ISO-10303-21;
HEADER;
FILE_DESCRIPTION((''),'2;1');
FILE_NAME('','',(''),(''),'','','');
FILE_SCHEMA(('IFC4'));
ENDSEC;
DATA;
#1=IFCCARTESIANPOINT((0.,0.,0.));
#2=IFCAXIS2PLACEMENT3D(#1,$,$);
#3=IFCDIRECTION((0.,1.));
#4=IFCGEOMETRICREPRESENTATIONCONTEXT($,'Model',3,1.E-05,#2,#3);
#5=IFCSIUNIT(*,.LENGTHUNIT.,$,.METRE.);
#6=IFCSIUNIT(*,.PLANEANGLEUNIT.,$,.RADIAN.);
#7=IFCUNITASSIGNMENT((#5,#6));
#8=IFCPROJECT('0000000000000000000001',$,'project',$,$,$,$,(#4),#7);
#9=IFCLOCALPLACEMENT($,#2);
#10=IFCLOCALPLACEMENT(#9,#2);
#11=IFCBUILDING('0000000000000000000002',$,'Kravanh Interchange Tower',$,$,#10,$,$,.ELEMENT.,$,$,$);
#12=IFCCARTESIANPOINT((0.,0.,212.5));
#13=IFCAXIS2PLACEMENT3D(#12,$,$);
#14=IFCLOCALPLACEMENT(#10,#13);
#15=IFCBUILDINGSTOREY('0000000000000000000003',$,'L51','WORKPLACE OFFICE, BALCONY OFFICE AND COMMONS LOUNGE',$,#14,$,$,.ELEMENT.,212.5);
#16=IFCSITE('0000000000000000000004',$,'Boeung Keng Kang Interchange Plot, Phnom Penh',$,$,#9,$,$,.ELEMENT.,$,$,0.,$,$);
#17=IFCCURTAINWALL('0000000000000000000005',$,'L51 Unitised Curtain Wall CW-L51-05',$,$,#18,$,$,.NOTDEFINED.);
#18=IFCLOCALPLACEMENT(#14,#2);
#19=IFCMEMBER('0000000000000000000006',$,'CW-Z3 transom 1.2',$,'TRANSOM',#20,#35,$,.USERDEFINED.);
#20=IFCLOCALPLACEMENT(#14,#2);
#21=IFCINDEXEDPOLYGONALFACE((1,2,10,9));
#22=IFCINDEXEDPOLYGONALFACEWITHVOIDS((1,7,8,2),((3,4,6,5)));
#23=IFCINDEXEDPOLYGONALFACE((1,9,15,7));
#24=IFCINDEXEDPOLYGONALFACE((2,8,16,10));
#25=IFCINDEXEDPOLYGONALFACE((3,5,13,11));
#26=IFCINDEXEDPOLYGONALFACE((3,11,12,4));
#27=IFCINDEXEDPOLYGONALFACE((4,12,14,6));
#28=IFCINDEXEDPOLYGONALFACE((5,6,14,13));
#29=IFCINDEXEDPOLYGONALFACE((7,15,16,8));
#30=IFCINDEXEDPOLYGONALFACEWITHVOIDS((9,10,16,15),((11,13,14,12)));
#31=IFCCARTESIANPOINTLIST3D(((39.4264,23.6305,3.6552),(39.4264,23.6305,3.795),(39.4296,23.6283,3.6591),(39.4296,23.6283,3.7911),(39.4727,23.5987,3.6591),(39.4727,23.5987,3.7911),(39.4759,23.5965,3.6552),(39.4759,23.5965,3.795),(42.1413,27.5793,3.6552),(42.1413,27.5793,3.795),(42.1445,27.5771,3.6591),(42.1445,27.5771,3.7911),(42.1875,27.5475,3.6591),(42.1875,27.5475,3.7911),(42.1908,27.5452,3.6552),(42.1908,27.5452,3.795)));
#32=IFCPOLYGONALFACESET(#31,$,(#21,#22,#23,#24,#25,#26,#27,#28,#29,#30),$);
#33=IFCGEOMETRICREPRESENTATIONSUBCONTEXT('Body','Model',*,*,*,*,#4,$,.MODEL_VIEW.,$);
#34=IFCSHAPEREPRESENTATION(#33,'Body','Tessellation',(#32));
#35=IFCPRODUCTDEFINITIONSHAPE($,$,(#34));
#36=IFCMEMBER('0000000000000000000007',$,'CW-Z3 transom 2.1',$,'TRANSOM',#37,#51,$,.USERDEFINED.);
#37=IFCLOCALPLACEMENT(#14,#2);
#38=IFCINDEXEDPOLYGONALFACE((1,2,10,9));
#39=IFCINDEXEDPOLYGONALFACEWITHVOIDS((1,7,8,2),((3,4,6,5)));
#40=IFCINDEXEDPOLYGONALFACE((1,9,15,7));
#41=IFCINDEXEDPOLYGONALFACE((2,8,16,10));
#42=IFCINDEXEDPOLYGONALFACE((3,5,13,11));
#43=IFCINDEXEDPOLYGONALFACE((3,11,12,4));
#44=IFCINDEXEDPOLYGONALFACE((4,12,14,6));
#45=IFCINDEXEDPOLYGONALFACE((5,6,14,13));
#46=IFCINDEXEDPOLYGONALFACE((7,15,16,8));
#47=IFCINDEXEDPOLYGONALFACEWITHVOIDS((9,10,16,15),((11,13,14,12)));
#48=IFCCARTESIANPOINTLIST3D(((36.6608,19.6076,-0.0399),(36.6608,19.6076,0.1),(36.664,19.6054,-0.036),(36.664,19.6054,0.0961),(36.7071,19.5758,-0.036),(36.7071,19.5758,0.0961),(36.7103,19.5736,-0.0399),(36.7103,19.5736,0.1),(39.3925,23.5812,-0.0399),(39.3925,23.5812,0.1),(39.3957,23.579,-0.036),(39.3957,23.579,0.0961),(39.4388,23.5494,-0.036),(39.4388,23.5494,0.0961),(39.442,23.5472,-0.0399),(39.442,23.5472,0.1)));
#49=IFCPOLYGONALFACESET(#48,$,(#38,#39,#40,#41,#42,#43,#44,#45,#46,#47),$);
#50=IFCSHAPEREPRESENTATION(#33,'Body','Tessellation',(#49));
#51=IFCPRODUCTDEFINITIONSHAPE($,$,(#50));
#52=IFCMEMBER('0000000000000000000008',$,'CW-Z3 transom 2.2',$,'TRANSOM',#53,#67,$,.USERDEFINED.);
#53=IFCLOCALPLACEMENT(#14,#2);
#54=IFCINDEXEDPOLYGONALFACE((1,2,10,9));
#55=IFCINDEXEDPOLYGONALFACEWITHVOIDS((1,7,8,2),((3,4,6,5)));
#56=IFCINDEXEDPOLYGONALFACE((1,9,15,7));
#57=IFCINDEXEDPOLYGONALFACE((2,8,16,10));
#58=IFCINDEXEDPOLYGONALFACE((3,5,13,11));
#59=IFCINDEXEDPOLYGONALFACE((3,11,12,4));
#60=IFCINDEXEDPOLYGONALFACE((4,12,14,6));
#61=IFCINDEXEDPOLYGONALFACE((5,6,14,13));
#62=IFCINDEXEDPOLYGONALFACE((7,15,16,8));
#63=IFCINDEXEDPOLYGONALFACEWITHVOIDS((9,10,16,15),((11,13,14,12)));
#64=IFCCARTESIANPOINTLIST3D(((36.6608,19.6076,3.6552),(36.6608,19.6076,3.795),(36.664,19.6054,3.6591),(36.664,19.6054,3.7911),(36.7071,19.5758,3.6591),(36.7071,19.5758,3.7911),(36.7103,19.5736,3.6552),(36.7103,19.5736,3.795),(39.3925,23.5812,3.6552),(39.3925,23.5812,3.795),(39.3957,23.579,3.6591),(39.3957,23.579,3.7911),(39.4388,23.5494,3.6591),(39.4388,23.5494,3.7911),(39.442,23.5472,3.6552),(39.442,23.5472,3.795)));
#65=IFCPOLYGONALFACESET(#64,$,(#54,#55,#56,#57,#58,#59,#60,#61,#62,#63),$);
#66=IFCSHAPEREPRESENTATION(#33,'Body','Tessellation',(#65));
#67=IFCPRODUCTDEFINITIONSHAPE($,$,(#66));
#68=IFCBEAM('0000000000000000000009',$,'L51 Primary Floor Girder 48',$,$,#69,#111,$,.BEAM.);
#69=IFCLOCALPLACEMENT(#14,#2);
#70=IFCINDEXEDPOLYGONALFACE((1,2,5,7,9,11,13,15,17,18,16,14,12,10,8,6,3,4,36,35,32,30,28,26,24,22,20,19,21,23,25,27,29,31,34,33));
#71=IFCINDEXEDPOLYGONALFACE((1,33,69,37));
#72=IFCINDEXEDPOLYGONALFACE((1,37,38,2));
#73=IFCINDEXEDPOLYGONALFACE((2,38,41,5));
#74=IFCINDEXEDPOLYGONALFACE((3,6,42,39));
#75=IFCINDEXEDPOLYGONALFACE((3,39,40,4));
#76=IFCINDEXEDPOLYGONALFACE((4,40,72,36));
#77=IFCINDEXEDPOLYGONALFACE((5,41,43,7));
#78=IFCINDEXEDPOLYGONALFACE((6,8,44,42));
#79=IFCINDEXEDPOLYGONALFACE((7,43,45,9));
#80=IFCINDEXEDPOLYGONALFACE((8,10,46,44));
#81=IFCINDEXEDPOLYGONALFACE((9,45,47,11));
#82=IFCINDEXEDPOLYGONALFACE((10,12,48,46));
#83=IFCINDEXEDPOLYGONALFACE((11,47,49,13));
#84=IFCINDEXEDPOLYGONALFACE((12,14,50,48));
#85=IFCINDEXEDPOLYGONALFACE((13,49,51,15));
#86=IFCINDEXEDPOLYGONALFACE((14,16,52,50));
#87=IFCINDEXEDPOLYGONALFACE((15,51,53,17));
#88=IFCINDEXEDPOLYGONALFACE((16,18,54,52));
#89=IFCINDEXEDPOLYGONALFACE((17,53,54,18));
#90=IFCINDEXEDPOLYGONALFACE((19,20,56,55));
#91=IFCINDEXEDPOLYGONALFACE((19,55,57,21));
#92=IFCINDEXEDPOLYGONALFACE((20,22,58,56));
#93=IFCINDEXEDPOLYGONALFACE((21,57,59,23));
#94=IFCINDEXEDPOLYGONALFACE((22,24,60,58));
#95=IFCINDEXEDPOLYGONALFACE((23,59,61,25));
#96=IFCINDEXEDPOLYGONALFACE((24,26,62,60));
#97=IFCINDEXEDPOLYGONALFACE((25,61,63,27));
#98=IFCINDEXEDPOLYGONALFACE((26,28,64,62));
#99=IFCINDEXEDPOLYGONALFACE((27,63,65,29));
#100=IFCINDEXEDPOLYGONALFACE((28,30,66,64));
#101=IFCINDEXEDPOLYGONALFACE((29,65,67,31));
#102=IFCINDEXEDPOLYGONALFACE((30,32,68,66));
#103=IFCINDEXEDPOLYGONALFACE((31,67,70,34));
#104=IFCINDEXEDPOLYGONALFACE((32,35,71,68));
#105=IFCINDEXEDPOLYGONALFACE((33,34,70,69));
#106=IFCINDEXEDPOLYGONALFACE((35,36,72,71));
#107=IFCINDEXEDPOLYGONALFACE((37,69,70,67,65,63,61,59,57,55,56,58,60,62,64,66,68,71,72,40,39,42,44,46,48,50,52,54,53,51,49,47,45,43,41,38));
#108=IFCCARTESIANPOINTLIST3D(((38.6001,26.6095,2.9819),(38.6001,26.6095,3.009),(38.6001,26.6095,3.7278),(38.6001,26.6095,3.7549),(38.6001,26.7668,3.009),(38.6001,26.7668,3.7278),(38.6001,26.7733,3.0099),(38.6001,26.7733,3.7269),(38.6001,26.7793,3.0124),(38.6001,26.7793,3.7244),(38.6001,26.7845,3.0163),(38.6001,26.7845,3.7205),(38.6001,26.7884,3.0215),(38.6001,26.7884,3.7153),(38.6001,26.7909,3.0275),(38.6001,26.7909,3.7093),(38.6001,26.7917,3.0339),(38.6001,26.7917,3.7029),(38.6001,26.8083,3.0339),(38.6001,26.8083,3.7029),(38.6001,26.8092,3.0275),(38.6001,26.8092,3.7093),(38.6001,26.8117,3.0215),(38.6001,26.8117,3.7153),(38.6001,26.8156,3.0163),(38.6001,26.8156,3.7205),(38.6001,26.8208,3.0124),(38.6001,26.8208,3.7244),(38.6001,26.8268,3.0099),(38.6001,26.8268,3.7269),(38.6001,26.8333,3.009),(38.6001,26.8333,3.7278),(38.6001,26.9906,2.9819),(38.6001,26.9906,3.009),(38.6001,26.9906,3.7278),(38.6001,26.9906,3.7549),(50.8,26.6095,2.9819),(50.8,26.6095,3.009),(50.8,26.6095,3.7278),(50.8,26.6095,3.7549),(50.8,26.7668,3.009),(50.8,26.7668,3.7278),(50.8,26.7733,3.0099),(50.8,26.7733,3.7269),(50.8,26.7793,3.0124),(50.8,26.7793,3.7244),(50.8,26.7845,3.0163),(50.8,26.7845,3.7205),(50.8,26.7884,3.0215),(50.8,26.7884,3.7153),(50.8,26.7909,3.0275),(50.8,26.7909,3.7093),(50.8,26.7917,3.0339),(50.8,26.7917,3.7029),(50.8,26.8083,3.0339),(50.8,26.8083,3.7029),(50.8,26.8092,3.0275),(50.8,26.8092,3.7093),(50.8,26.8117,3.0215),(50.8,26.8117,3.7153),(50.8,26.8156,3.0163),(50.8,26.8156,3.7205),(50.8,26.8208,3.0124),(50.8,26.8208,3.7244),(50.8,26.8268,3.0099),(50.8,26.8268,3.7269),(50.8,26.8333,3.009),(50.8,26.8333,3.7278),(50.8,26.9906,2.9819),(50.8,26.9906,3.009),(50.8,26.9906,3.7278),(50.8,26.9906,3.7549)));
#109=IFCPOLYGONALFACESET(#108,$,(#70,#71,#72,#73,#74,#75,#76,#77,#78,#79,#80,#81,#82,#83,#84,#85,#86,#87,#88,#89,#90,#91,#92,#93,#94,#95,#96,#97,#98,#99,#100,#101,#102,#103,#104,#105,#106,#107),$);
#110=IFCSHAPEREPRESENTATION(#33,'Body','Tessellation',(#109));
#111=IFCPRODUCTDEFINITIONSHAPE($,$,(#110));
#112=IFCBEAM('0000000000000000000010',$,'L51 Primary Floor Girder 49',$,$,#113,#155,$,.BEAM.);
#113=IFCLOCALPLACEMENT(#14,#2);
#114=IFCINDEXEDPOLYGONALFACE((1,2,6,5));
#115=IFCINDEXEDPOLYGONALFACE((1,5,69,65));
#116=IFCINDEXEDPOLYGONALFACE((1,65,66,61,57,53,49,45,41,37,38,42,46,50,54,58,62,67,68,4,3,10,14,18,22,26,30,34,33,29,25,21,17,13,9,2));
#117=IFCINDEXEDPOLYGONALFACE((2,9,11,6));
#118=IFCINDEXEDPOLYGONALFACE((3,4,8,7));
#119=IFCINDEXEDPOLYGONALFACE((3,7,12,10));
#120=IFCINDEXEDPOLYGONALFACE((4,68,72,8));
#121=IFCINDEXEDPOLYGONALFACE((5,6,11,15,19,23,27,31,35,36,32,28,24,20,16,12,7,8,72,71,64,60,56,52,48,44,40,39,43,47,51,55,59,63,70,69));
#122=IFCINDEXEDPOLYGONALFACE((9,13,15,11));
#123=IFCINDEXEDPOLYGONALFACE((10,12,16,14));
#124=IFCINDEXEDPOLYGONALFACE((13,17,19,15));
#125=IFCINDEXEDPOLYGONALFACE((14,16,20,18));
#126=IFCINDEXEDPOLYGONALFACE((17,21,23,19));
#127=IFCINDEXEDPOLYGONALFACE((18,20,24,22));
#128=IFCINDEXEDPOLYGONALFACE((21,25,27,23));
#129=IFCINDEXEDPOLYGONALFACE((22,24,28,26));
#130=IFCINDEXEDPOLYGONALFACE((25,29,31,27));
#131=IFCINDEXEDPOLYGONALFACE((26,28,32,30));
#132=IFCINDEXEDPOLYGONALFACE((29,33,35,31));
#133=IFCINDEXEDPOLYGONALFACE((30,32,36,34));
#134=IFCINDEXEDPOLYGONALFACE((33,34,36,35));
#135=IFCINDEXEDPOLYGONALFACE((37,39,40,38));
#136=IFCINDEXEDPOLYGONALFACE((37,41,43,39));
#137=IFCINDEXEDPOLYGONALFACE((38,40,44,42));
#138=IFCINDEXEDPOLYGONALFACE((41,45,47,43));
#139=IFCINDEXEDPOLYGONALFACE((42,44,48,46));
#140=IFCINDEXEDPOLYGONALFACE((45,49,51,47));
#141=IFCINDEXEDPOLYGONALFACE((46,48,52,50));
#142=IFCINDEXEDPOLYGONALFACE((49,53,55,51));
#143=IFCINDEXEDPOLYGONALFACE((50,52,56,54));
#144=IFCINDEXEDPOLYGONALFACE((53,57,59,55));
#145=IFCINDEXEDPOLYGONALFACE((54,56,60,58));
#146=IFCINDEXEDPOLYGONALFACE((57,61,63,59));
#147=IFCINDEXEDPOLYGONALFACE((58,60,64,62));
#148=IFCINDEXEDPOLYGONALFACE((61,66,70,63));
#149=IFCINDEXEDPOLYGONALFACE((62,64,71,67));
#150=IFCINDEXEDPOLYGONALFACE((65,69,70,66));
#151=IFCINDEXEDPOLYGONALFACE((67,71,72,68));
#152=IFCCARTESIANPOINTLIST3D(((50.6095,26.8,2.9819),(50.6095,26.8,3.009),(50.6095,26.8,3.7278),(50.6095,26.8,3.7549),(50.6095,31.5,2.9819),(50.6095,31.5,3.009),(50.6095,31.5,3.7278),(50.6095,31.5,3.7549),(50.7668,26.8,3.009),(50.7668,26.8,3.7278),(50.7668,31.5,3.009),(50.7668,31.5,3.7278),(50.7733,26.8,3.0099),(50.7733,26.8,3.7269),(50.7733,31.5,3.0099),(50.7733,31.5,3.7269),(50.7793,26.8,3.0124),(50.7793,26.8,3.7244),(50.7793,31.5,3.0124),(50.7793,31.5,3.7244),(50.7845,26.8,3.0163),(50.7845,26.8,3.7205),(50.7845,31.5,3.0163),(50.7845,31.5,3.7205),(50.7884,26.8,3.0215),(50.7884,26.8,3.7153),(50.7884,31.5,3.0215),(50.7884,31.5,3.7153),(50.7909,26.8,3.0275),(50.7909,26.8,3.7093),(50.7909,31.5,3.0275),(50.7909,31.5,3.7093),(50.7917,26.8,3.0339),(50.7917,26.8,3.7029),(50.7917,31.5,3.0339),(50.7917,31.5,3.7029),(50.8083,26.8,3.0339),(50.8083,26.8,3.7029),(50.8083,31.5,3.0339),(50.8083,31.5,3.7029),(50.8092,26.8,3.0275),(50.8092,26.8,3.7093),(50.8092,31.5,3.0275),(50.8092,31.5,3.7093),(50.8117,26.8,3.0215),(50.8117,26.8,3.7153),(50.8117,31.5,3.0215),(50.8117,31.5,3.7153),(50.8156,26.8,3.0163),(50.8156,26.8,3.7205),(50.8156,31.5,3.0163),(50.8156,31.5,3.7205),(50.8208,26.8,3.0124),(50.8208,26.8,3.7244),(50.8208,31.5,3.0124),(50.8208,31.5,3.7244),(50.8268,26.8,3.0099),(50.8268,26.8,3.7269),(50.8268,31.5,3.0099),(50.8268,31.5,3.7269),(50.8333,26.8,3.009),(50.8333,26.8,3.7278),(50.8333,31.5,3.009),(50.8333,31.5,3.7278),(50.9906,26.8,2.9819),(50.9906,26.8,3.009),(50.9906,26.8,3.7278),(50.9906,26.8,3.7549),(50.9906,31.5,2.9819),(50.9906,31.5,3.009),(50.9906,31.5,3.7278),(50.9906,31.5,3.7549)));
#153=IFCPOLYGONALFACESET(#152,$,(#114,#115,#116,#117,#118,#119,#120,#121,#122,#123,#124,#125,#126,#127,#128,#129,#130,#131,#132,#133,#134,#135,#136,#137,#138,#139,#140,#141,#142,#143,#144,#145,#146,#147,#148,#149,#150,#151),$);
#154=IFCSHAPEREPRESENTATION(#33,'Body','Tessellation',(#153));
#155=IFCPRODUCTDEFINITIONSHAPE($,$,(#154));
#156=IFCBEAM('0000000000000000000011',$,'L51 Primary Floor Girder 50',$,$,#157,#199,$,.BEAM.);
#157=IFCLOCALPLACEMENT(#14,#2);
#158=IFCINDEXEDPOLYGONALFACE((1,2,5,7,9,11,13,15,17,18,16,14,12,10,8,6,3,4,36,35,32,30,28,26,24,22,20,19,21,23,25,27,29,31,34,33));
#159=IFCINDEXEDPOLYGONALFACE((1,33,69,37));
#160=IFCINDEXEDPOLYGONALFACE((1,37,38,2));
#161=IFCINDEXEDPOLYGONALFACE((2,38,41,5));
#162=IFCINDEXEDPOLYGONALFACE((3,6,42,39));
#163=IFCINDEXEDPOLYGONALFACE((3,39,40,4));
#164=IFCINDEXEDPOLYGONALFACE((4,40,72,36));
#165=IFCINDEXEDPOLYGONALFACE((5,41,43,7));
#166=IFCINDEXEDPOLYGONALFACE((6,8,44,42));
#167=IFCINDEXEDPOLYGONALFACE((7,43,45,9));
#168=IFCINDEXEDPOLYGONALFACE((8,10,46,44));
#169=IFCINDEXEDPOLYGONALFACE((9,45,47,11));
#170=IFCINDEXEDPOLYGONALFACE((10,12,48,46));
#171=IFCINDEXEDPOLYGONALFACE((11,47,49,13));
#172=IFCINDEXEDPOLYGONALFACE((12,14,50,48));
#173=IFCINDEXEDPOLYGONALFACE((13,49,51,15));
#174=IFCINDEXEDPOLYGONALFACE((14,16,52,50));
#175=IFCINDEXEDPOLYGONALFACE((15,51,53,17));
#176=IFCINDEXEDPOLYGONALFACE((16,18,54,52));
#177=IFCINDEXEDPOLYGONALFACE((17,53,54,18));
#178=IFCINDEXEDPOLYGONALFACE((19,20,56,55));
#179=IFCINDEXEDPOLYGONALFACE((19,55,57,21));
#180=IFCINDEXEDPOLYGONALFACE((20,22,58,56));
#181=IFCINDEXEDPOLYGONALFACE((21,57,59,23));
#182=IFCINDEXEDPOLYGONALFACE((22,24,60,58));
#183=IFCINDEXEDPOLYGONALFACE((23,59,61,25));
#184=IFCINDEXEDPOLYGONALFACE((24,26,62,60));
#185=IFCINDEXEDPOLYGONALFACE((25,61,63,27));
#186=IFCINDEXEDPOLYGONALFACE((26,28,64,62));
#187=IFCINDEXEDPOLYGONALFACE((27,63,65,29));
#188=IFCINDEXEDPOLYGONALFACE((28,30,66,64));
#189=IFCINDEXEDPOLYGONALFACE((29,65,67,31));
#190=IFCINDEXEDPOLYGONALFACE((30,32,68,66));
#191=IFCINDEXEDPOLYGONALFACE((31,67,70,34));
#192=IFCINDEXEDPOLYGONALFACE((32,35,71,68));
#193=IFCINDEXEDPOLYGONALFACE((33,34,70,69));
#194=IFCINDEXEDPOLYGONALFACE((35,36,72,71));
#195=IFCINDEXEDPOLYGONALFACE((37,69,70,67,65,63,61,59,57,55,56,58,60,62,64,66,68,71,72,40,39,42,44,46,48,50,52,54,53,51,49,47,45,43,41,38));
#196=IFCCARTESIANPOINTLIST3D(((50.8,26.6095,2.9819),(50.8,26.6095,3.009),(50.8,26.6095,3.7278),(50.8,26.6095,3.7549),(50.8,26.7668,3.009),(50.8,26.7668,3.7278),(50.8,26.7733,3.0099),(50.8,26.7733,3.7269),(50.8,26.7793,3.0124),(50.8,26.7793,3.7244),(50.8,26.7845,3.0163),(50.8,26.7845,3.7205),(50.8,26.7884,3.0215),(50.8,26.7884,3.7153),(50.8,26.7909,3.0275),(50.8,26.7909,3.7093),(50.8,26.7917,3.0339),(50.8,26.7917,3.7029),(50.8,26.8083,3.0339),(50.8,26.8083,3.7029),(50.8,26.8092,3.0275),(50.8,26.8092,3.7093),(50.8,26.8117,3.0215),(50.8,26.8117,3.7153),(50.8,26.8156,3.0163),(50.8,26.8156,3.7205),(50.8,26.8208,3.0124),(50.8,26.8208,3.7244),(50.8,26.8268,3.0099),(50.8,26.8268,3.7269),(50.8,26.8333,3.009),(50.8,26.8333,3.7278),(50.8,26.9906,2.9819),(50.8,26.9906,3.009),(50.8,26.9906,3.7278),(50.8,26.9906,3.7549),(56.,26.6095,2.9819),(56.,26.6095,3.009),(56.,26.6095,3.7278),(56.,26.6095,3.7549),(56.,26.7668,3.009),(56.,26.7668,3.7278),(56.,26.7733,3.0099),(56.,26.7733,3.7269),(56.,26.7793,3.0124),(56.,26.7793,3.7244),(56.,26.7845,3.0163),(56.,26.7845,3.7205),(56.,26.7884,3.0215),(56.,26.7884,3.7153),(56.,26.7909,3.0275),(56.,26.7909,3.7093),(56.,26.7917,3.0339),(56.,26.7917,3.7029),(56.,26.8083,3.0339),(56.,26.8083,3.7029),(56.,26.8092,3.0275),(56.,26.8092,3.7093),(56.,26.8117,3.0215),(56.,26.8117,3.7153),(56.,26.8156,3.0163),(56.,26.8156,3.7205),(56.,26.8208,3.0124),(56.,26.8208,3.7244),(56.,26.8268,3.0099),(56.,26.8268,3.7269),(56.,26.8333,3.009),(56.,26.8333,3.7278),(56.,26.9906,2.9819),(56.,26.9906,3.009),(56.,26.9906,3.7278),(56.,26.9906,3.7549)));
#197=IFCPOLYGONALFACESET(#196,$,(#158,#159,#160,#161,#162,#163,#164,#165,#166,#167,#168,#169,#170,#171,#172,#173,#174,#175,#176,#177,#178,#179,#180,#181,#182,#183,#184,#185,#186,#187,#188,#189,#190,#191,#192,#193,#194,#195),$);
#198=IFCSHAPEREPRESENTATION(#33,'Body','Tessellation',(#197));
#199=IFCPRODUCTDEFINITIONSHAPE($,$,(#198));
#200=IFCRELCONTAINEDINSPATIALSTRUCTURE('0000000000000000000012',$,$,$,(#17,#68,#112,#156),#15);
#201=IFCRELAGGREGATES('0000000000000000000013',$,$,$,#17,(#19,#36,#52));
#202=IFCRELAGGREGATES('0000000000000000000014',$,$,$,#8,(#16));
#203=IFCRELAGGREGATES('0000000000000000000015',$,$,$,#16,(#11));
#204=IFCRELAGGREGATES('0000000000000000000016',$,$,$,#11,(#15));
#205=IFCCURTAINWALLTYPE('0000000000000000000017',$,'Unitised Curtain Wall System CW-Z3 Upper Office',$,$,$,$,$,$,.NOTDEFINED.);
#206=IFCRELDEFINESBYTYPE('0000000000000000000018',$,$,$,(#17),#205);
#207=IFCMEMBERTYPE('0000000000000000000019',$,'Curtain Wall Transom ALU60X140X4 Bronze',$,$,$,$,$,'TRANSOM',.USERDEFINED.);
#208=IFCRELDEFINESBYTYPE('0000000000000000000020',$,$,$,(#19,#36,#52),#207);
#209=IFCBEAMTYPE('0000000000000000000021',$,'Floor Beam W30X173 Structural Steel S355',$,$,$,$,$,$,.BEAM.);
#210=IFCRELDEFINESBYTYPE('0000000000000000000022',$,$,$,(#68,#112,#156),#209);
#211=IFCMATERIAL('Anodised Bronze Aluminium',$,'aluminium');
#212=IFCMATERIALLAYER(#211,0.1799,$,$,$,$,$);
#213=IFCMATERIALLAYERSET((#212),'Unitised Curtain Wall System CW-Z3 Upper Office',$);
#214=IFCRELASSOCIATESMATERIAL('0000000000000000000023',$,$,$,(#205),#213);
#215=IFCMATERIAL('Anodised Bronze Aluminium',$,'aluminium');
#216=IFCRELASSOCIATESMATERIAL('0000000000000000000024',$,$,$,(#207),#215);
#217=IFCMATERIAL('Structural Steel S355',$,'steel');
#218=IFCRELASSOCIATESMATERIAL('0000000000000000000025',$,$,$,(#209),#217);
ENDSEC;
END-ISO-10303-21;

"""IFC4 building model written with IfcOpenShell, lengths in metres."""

from ifc_helpers import new_model, si_unit, direction, frame, origin, origin_2d, place, context, subcontext, project, spatial, hollow_rectangle, i_section, extrude, material, layer, layer_set, material_profile, profile_set, type_object, element, aggregate, save


model = new_model("IFC4")

# Units and contexts
model_context = context("Model", 3, precision=1e-05, world=origin(), true_north=direction((0.0, 1.0)))
body_context = subcontext(model_context, "Body", "Model", "MODEL_VIEW")
ifc_project = project(units=[si_unit("LENGTHUNIT", "METRE"), si_unit("PLANEANGLEUNIT", "RADIAN")], contexts=[model_context])

# Site, building, storey
site_placement = place(None, origin())
site = spatial("IfcSite", under=ifc_project, at=site_placement, Name="Boeung Keng Kang Interchange Plot, Phnom Penh", CompositionType="ELEMENT", RefElevation=0.0)
building_placement = place(site_placement, origin())
building = spatial("IfcBuilding", under=site, at=building_placement, Name="Kravanh Interchange Tower", CompositionType="ELEMENT")
storey_placement = place(building_placement, frame((0.0, 0.0, 212.5)))
storey = spatial("IfcBuildingStorey", under=building, at=storey_placement, Name="L51", Description="WORKPLACE OFFICE, BALCONY OFFICE AND COMMONS LOUNGE", CompositionType="ELEMENT", Elevation=212.5)

# Shared definitions
ifc_material_1 = material(Name="Anodised Bronze Aluminium", Category="aluminium")
ifc_layer_1 = layer(ifc_material_1, 0.1799)
ifc_layer_set_1 = layer_set([ifc_layer_1], Name="Unitised Curtain Wall System CW-Z3 Upper Office")
curtain_wall_type = type_object("IfcCurtainWallType", Name="Unitised Curtain Wall System CW-Z3 Upper Office", PredefinedType="NOTDEFINED", material=ifc_layer_set_1)

# Curtain wall
curtain_wall_1_placement = place(storey_placement, origin())
curtain_wall_1 = element("IfcCurtainWall", 1, at=curtain_wall_1_placement, inside=storey, type_object=curtain_wall_type, Name="L51 Unitised Curtain Wall CW-L51-05", PredefinedType="NOTDEFINED")

# Members
ifc_material_2 = material(Name="Anodised Bronze Aluminium", Category="aluminium")
ifc_material_profile_1 = material_profile(ifc_material_2, hollow_rectangle(XDim=0.0601, YDim=0.1399, WallThickness=0.0039, at=origin_2d()), Name="ALU60X140X4")
ifc_profile_set_1 = profile_set([ifc_material_profile_1], Name="Anodised Bronze Aluminium")
member_type_1 = type_object("IfcMemberType", Name="Curtain Wall Transom ALU60X140X4 Bronze", ElementType="TRANSOM", PredefinedType="USERDEFINED", material=ifc_profile_set_1)
member_1_placement = place(storey_placement, frame((42.166, 27.5623, 3.7251), z_axis=(-0.566542, -0.824033, 0.0), x_axis=(0.824033, -0.566542, 0.0)))
member_1 = element("IfcMember", 2, at=member_1_placement, type_object=member_type_1, Name="CW-Z3 transom 1.2", ObjectType="TRANSOM", PredefinedType="USERDEFINED", context=body_context, shape_type="SweptSolid", body=[
    extrude(hollow_rectangle(XDim=0.0601, YDim=0.1399, WallThickness=0.0039, at=origin_2d()), origin(), (0.0, 0.0, 1.0), 4.792),
])
member_2_placement = place(storey_placement, frame((39.4172, 23.5642, 0.03), z_axis=(-0.566503, -0.82406, 0.0), x_axis=(0.82406, -0.566503, 0.0)))
member_2 = element("IfcMember", 3, at=member_2_placement, type_object=member_type_1, Name="CW-Z3 transom 2.1", ObjectType="TRANSOM", PredefinedType="USERDEFINED", context=body_context, shape_type="SweptSolid", body=[
    extrude(hollow_rectangle(XDim=0.0601, YDim=0.1399, WallThickness=0.0039, at=origin_2d()), origin(), (0.0, 0.0, 1.0), 4.822),
])
member_3_placement = place(storey_placement, frame((39.4172, 23.5642, 3.7251), z_axis=(-0.566503, -0.82406, 0.0), x_axis=(0.82406, -0.566503, 0.0)))
member_3 = element("IfcMember", 4, at=member_3_placement, type_object=member_type_1, Name="CW-Z3 transom 2.2", ObjectType="TRANSOM", PredefinedType="USERDEFINED", context=body_context, shape_type="SweptSolid", body=[
    extrude(hollow_rectangle(XDim=0.0601, YDim=0.1399, WallThickness=0.0039, at=origin_2d()), origin(), (0.0, 0.0, 1.0), 4.822),
])

# Beams
ifc_material_3 = material(Name="Structural Steel S355", Category="steel")
ifc_material_profile_2 = material_profile(ifc_material_3, i_section(OverallWidth=0.3811, OverallDepth=0.7729, WebThickness=0.0166, FlangeThickness=0.0271, FilletRadius=0.0249, at=origin_2d()), Name="W30X173")
ifc_profile_set_2 = profile_set([ifc_material_profile_2], Name="Structural Steel S355")
beam_type_1 = type_object("IfcBeamType", Name="Floor Beam W30X173 Structural Steel S355", PredefinedType="BEAM", material=ifc_profile_set_2)
beam_1_placement = place(storey_placement, frame((38.6001, 26.8, 3.3684), z_axis=(1.0, 0.0, 0.0), x_axis=(0.0, 1.0, 0.0)))
element("IfcBeam", 5, at=beam_1_placement, inside=storey, type_object=beam_type_1, Name="L51 Primary Floor Girder 48", PredefinedType="BEAM", context=body_context, shape_type="SweptSolid", body=[
    extrude(i_section(OverallWidth=0.3811, OverallDepth=0.7729, WebThickness=0.0166, FlangeThickness=0.0271, FilletRadius=0.0249, at=origin_2d()), origin(), (0.0, 0.0, 1.0), 12.2),
])
beam_2_placement = place(storey_placement, frame((50.8, 26.8, 3.3684), z_axis=(0.0, 1.0, 0.0), x_axis=(-1.0, 0.0, 0.0)))
element("IfcBeam", 6, at=beam_2_placement, inside=storey, type_object=beam_type_1, Name="L51 Primary Floor Girder 49", PredefinedType="BEAM", context=body_context, shape_type="SweptSolid", body=[
    extrude(i_section(OverallWidth=0.3811, OverallDepth=0.7729, WebThickness=0.0166, FlangeThickness=0.0271, FilletRadius=0.0249, at=origin_2d()), origin(), (0.0, 0.0, 1.0), 4.7),
])
beam_3_placement = place(storey_placement, frame((50.8, 26.8, 3.3684), z_axis=(1.0, 0.0, 0.0), x_axis=(0.0, 1.0, 0.0)))
element("IfcBeam", 7, at=beam_3_placement, inside=storey, type_object=beam_type_1, Name="L51 Primary Floor Girder 50", PredefinedType="BEAM", context=body_context, shape_type="SweptSolid", body=[
    extrude(i_section(OverallWidth=0.3811, OverallDepth=0.7729, WebThickness=0.0166, FlangeThickness=0.0271, FilletRadius=0.0249, at=origin_2d()), origin(), (0.0, 0.0, 1.0), 5.2),
])

aggregate(curtain_wall_1, [member_1, member_2, member_3])

save(model, "model.ifc")
